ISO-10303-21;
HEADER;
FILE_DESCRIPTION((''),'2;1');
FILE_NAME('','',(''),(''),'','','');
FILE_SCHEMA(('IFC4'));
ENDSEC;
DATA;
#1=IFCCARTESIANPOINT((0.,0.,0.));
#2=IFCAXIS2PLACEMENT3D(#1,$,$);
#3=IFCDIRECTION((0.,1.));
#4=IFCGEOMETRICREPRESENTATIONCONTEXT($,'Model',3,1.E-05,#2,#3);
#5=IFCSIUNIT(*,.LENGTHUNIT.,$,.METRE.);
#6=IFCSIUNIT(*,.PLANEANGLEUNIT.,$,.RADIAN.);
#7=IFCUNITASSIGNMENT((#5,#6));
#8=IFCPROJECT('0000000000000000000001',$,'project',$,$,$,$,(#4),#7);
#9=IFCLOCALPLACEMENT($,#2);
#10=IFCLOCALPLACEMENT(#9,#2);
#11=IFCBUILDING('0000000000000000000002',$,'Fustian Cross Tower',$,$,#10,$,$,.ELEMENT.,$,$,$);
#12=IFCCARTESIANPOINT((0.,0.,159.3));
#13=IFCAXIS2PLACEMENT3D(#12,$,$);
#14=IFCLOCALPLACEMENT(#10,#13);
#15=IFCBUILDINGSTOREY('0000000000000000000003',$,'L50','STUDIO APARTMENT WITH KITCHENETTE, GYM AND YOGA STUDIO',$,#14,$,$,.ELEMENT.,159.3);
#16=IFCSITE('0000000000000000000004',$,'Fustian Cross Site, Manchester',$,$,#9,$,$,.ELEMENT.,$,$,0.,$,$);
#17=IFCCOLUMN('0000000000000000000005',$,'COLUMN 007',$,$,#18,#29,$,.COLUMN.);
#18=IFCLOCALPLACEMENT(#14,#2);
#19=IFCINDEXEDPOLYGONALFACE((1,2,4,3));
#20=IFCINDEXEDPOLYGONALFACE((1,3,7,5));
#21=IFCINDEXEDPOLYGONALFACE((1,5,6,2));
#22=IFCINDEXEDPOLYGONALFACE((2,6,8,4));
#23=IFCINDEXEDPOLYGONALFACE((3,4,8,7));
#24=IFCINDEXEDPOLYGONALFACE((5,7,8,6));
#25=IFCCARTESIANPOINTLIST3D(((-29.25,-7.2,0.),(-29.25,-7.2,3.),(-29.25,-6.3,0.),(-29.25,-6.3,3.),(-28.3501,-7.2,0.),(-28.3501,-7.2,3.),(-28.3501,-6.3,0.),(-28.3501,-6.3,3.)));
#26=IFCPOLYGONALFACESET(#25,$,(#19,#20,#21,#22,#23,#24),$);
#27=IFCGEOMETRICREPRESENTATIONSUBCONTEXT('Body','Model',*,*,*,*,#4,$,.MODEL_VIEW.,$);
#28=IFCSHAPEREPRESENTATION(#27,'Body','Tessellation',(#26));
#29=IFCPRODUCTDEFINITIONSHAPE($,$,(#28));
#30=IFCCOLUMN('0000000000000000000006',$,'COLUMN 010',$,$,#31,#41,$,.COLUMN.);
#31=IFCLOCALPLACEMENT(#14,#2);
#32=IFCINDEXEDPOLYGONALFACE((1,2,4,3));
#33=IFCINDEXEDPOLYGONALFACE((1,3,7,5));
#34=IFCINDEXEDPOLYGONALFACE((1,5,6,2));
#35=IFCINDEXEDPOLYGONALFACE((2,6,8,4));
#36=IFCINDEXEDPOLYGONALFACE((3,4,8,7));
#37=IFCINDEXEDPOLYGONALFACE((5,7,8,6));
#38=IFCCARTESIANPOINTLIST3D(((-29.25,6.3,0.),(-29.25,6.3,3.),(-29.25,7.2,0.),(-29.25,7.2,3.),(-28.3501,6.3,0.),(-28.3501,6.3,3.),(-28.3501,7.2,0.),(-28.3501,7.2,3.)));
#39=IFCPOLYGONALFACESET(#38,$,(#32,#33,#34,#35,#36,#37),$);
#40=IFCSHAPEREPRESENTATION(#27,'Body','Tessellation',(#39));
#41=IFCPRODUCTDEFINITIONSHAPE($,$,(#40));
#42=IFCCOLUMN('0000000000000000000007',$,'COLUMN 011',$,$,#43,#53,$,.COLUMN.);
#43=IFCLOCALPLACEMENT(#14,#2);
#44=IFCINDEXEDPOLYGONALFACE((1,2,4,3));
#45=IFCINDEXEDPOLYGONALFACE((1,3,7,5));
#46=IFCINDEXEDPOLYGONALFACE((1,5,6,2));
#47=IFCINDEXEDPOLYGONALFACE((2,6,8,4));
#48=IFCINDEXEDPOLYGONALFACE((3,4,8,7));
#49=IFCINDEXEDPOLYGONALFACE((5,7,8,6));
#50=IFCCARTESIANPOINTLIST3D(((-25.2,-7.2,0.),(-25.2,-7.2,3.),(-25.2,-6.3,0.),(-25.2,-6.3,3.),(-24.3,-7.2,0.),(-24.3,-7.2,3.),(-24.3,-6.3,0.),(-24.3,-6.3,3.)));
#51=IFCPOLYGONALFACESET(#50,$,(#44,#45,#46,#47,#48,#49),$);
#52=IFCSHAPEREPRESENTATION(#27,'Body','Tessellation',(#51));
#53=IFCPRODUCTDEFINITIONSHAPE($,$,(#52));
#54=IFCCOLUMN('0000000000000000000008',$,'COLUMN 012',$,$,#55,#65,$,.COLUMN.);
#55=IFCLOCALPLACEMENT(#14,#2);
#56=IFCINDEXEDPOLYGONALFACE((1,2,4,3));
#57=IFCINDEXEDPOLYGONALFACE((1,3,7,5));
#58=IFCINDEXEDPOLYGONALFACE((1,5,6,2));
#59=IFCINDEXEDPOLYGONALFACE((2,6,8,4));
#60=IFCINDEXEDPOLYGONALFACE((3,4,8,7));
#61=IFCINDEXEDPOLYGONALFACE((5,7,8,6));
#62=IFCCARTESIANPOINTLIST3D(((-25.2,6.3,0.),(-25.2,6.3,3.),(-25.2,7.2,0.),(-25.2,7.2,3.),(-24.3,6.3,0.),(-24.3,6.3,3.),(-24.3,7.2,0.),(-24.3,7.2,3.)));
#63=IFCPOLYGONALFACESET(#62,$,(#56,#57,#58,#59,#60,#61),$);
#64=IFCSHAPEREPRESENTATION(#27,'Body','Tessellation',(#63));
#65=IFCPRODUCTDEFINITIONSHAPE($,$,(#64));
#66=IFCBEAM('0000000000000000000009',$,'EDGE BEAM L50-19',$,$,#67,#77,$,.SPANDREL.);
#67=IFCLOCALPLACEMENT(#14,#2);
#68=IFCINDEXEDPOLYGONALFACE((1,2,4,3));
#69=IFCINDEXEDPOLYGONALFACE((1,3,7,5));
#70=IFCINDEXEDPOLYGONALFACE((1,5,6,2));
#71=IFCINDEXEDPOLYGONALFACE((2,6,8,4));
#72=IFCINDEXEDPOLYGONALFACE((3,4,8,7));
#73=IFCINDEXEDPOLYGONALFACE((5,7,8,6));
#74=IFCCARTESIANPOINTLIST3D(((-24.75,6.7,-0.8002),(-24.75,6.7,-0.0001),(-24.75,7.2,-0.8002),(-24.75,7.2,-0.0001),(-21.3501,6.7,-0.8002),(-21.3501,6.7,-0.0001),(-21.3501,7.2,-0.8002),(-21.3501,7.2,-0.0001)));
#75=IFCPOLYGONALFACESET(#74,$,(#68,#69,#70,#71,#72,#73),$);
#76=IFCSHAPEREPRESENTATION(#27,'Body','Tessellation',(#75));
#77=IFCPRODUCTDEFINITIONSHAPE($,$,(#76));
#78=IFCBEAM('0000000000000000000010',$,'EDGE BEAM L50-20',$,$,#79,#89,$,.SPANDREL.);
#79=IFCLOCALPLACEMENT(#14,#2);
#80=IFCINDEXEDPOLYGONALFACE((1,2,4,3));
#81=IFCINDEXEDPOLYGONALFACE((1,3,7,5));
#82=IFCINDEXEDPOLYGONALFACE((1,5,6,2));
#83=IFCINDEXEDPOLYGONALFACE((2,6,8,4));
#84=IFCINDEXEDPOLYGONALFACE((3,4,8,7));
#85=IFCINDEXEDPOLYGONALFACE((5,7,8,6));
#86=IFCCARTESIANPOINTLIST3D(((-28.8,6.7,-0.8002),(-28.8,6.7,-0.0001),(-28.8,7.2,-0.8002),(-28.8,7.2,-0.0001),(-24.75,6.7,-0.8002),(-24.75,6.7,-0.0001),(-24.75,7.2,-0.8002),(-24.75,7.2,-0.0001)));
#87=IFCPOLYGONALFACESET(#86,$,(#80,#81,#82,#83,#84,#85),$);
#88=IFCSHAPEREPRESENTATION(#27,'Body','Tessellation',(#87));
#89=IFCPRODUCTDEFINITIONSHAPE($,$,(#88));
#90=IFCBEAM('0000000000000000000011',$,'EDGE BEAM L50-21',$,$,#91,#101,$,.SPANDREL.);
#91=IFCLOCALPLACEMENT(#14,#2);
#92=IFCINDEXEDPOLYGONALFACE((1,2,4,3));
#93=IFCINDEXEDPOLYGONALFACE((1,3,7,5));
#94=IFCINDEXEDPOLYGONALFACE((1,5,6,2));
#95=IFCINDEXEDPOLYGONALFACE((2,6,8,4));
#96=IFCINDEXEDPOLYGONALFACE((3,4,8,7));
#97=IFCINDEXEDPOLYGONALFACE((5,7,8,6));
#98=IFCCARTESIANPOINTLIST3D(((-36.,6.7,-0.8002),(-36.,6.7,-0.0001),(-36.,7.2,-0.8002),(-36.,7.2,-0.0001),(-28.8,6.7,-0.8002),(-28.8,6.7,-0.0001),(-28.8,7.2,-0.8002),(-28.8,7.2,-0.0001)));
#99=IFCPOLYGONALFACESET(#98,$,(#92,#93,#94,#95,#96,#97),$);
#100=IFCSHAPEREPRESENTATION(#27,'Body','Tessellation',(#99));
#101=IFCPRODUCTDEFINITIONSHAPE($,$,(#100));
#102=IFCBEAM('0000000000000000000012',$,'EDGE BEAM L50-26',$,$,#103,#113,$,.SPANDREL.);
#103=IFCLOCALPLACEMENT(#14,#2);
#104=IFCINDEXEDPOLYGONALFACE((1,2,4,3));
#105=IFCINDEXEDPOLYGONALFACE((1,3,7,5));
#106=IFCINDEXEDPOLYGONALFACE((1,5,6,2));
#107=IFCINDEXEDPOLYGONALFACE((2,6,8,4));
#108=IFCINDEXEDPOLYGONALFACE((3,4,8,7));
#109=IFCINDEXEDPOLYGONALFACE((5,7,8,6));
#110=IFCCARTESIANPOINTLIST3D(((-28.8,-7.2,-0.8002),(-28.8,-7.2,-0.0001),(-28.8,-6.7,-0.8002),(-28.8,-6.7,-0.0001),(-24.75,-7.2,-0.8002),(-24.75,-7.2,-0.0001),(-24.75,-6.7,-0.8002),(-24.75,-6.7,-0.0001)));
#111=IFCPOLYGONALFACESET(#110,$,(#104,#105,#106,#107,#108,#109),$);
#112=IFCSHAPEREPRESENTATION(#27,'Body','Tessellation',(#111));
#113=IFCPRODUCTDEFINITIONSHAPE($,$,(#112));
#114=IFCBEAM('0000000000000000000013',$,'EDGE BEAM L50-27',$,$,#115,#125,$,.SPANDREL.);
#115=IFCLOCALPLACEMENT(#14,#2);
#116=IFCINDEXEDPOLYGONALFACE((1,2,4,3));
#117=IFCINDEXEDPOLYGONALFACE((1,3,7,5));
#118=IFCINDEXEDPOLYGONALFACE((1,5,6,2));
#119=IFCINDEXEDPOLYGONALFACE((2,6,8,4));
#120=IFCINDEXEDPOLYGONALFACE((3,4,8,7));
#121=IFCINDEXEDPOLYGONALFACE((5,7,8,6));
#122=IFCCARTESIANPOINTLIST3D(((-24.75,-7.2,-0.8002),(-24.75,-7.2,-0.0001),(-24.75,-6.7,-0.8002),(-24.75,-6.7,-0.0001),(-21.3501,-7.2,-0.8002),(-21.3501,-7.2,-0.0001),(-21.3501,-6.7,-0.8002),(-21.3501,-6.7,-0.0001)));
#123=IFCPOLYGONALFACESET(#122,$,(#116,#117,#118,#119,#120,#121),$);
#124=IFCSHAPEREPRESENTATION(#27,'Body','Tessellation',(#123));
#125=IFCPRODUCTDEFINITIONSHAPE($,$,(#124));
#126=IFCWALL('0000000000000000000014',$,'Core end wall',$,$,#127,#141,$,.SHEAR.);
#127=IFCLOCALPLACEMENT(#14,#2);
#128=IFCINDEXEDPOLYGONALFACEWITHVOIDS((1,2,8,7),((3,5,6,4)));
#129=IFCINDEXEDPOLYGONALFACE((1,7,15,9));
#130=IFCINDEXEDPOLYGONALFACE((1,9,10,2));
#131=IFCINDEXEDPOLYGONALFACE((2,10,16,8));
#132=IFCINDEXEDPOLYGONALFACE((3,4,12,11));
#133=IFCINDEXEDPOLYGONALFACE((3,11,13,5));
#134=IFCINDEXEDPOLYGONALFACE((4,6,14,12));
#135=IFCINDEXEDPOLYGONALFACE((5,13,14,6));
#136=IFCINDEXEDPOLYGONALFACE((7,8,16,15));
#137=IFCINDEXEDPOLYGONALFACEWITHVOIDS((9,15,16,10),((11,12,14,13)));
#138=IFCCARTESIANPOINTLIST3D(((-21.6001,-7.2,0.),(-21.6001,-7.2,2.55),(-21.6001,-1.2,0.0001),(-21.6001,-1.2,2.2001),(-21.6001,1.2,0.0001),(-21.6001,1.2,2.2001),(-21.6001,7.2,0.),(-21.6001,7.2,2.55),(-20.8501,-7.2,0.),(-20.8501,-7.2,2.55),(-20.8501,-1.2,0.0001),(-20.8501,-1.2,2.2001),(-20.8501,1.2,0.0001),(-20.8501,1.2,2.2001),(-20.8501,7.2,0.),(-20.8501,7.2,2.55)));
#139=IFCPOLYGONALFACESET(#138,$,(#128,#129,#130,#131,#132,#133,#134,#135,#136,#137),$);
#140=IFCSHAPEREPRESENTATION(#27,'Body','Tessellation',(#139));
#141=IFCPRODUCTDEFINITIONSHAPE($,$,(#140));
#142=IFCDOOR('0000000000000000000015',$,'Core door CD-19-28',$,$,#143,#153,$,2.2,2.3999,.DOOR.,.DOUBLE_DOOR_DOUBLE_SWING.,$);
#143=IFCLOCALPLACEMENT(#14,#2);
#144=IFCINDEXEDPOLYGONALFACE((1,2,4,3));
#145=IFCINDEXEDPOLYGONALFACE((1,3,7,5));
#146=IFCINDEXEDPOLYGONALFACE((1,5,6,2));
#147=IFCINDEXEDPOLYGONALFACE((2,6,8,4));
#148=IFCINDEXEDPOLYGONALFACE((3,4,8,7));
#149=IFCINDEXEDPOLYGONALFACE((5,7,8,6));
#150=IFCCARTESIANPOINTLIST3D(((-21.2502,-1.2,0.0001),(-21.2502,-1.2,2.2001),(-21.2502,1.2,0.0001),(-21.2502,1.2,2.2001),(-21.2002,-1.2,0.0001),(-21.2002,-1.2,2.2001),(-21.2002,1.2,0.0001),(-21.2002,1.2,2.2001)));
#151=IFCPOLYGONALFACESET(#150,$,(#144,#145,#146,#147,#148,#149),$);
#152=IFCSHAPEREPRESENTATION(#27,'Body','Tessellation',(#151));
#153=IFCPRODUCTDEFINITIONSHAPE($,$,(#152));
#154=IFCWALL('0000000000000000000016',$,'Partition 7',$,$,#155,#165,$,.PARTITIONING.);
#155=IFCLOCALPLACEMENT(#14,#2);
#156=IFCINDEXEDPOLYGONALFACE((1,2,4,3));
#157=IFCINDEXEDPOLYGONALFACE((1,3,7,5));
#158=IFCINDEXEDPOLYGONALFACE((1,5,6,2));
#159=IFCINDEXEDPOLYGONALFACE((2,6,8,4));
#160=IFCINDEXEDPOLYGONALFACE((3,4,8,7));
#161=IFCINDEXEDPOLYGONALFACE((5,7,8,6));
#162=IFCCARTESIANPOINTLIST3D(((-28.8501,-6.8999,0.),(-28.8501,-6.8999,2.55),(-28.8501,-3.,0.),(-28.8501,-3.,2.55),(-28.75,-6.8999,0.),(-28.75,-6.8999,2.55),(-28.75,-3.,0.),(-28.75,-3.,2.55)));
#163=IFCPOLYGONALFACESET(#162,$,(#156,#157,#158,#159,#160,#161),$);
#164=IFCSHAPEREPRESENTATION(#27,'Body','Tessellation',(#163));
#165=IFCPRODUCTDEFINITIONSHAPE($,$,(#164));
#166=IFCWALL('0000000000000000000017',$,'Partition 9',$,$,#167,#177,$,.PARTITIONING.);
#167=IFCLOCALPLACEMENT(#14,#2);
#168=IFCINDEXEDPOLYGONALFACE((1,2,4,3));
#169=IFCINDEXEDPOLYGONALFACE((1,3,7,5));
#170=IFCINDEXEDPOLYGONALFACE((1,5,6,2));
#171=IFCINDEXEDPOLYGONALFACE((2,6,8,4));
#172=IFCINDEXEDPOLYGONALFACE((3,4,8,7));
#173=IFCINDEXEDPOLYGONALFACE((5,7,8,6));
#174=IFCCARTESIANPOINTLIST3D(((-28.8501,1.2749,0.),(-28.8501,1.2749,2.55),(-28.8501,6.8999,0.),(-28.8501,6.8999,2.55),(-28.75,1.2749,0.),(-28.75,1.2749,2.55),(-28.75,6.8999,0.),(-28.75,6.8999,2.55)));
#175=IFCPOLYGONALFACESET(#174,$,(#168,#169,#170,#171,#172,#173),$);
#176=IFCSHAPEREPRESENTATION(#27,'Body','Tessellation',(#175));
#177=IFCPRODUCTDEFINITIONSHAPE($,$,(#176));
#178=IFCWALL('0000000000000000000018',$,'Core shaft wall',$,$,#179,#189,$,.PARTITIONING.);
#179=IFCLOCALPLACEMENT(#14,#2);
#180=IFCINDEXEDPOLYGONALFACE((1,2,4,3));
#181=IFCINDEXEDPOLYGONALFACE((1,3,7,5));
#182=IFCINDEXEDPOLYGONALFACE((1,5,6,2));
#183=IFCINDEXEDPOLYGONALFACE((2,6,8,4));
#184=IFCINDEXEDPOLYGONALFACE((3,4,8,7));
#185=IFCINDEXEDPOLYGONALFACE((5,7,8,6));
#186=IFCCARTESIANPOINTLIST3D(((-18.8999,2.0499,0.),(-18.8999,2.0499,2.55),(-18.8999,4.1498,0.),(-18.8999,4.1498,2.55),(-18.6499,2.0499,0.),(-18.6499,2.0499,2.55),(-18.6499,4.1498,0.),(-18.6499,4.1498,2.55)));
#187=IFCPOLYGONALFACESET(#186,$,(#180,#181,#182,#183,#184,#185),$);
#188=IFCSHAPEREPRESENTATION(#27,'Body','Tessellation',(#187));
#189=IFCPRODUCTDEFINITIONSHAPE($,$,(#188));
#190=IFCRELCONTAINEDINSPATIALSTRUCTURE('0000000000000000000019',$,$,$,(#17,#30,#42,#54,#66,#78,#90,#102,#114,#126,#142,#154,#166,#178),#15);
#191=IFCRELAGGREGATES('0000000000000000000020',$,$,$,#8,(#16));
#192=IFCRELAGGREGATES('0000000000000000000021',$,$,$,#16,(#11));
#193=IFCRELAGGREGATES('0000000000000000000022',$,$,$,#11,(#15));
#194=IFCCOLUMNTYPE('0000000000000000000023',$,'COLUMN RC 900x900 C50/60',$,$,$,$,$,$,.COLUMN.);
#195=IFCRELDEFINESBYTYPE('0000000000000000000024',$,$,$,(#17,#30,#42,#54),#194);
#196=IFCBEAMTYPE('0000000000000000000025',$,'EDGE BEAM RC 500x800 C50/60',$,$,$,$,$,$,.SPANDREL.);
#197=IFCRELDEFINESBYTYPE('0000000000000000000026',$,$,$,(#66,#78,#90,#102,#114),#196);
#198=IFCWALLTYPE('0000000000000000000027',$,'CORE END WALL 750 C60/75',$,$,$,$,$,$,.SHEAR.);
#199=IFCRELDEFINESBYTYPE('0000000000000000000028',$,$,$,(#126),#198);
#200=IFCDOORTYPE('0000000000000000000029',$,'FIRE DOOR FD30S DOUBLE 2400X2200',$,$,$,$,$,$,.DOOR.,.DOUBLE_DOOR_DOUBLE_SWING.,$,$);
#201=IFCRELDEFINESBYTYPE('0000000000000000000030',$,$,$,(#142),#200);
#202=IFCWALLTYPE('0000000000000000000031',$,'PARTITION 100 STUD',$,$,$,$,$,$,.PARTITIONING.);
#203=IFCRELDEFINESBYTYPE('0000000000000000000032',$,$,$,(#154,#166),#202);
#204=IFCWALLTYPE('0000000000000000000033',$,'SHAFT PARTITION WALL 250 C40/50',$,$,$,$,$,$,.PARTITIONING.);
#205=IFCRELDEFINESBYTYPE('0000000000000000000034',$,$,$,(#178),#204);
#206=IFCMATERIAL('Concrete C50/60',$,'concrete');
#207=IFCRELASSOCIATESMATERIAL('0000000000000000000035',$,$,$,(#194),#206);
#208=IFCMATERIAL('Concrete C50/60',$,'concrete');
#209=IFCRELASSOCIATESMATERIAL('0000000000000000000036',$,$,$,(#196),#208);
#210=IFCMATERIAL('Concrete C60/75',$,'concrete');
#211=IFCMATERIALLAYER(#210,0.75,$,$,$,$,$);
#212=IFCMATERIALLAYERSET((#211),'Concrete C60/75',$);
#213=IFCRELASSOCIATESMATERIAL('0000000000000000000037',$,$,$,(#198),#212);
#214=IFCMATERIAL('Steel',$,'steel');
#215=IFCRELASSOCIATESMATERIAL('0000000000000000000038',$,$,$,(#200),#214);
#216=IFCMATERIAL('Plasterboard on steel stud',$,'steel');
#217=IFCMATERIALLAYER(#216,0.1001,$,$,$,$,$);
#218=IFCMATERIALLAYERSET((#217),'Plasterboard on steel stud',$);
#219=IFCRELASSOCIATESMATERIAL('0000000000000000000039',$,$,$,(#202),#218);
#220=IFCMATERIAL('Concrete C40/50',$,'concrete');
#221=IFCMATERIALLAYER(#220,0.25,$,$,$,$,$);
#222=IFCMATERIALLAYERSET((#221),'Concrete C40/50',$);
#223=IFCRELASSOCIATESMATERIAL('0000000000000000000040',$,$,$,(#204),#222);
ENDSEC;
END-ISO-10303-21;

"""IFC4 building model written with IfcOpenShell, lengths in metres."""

from ifc_helpers import new_model, si_unit, direction, frame, frame_2d, origin, origin_2d, place, context, subcontext, project, spatial, rectangle, extrude, material, layer, layer_set, material_profile, profile_set, type_object, element, fill, save


model = new_model("IFC4")

# Units and contexts
model_context = context("Model", 3, precision=1e-05, world=origin(), true_north=direction((0.0, 1.0)))
body_context = subcontext(model_context, "Body", "Model", "MODEL_VIEW")
ifc_project = project(units=[si_unit("LENGTHUNIT", "METRE"), si_unit("PLANEANGLEUNIT", "RADIAN")], contexts=[model_context])

# Site, building, storey
site_placement = place(None, origin())
site = spatial("IfcSite", under=ifc_project, at=site_placement, Name="Fustian Cross Site, Manchester", CompositionType="ELEMENT", RefElevation=0.0)
building_placement = place(site_placement, origin())
building = spatial("IfcBuilding", under=site, at=building_placement, Name="Fustian Cross Tower", CompositionType="ELEMENT")
storey_placement = place(building_placement, frame((0.0, 0.0, 159.3)))
storey = spatial("IfcBuildingStorey", under=building, at=storey_placement, Name="L50", Description="STUDIO APARTMENT WITH KITCHENETTE, GYM AND YOGA STUDIO", CompositionType="ELEMENT", Elevation=159.3)

# Columns
ifc_material_1 = material(Name="Concrete C50/60", Category="concrete")
ifc_material_profile_1 = material_profile(ifc_material_1, rectangle(XDim=0.8999, YDim=0.8999, at=origin_2d()), Name="RC 900x900")
ifc_profile_set_1 = profile_set([ifc_material_profile_1], Name="Concrete C50/60")
column_type = type_object("IfcColumnType", Name="COLUMN RC 900x900 C50/60", PredefinedType="COLUMN", material=ifc_profile_set_1)
for number, where, z_axis, x_axis, name in (
    (1, (-28.8, -6.75, 0.0), (0.0, 0.0, 1.0), (1.0, 0.0, 0.0), "COLUMN 007"),
    (2, (-28.8, 6.75, 0.0), (0.0, 0.0, 1.0), (1.0, 0.0, 0.0), "COLUMN 010"),
    (3, (-24.75, -6.75, 0.0), (0.0, 0.0, 1.0), (1.0, 0.0, 0.0), "COLUMN 011"),
    (4, (-24.75, 6.75, 0.0), (0.0, 0.0, 1.0), (1.0, 0.0, 0.0), "COLUMN 012"),
):
    element("IfcColumn", number, at=place(storey_placement, frame(where, z_axis=z_axis, x_axis=x_axis)), inside=storey, type_object=column_type, Name=name, PredefinedType="COLUMN", context=body_context, shape_type="SweptSolid", body=[
        extrude(rectangle(XDim=0.8999, YDim=0.8999, at=origin_2d()), origin(), (0.0, 0.0, 1.0), 3.0),
    ])

# Beams
ifc_material_2 = material(Name="Concrete C50/60", Category="concrete")
ifc_material_profile_2 = material_profile(ifc_material_2, rectangle(XDim=0.5, YDim=0.8, at=origin_2d()), Name="RC 500x800")
ifc_profile_set_2 = profile_set([ifc_material_profile_2], Name="Concrete C50/60")
beam_type = type_object("IfcBeamType", Name="EDGE BEAM RC 500x800 C50/60", PredefinedType="SPANDREL", material=ifc_profile_set_2)
beam_1_placement = place(storey_placement, frame((-21.3501, 6.95, -0.4001), z_axis=(-1.0, 0.0, 0.0), x_axis=(0.0, -1.0, 0.0)))
element("IfcBeam", 5, at=beam_1_placement, inside=storey, type_object=beam_type, Name="EDGE BEAM L50-19", PredefinedType="SPANDREL", context=body_context, shape_type="SweptSolid", body=[
    extrude(rectangle(XDim=0.5, YDim=0.8, at=origin_2d()), origin(), (0.0, 0.0, 1.0), 3.3999),
])
beam_2_placement = place(storey_placement, frame((-24.75, 6.95, -0.4001), z_axis=(-1.0, 0.0, 0.0), x_axis=(0.0, -1.0, 0.0)))
element("IfcBeam", 6, at=beam_2_placement, inside=storey, type_object=beam_type, Name="EDGE BEAM L50-20", PredefinedType="SPANDREL", context=body_context, shape_type="SweptSolid", body=[
    extrude(rectangle(XDim=0.5, YDim=0.8, at=origin_2d()), origin(), (0.0, 0.0, 1.0), 4.05),
])
beam_3_placement = place(storey_placement, frame((-28.8, 6.95, -0.4001), z_axis=(-1.0, 0.0, 0.0), x_axis=(0.0, -1.0, 0.0)))
element("IfcBeam", 7, at=beam_3_placement, inside=storey, type_object=beam_type, Name="EDGE BEAM L50-21", PredefinedType="SPANDREL", context=body_context, shape_type="SweptSolid", body=[
    extrude(rectangle(XDim=0.5, YDim=0.8, at=origin_2d()), origin(), (0.0, 0.0, 1.0), 7.2),
])
beam_4_placement = place(storey_placement, frame((-28.8, -6.95, -0.4001), z_axis=(1.0, 0.0, 0.0), x_axis=(0.0, 1.0, 0.0)))
element("IfcBeam", 8, at=beam_4_placement, inside=storey, type_object=beam_type, Name="EDGE BEAM L50-26", PredefinedType="SPANDREL", context=body_context, shape_type="SweptSolid", body=[
    extrude(rectangle(XDim=0.5, YDim=0.8, at=origin_2d()), origin(), (0.0, 0.0, 1.0), 4.05),
])
beam_5_placement = place(storey_placement, frame((-24.75, -6.95, -0.4001), z_axis=(1.0, 0.0, 0.0), x_axis=(0.0, 1.0, 0.0)))
element("IfcBeam", 9, at=beam_5_placement, inside=storey, type_object=beam_type, Name="EDGE BEAM L50-27", PredefinedType="SPANDREL", context=body_context, shape_type="SweptSolid", body=[
    extrude(rectangle(XDim=0.5, YDim=0.8, at=origin_2d()), origin(), (0.0, 0.0, 1.0), 3.3999),
])

# Wall, opening, door
ifc_material_3 = material(Name="Concrete C60/75", Category="concrete")
ifc_layer_1 = layer(ifc_material_3, 0.75)
ifc_layer_set_1 = layer_set([ifc_layer_1], Name="Concrete C60/75")
wall_type_1 = type_object("IfcWallType", Name="CORE END WALL 750 C60/75", PredefinedType="SHEAR", material=ifc_layer_set_1)
wall_1_placement = place(storey_placement, frame((-21.2251, -7.2, 0.0), z_axis=(0.0, 0.0, 1.0), x_axis=(0.0, 1.0, 0.0)))
wall_1 = element("IfcWall", 10, at=wall_1_placement, inside=storey, type_object=wall_type_1, Name="Core end wall", PredefinedType="SHEAR", context=body_context, shape_type="SweptSolid", body=[
    extrude(rectangle(XDim=14.3999, YDim=0.75, at=frame_2d((7.2, 0.0))), origin(), (0.0, 0.0, 1.0), 2.55),
])
opening_1_placement = place(wall_1_placement, frame((6.0, 0.0, 0.0)))
opening_1 = element("IfcOpeningElement", 11, at=opening_1_placement, cuts=wall_1, PredefinedType="OPENING", context=body_context, shape_type="SweptSolid", body=[
    extrude(rectangle(XDim=2.3999, YDim=2.2, at=frame_2d((1.2, 1.1001))), frame((0.0, 0.385, 0.0), z_axis=(0.0, -1.0, 0.0), x_axis=(1.0, 0.0, 0.0)), (0.0, 0.0, 1.0), 0.77),
])
ifc_material_4 = material(Name="Steel", Category="steel")
door_type = type_object("IfcDoorType", Name="FIRE DOOR FD30S DOUBLE 2400X2200", OperationType="DOUBLE_DOOR_DOUBLE_SWING", PredefinedType="DOOR", material=ifc_material_4)
door_placement = place(opening_1_placement, frame((2.3999, 0.0, 0.0), z_axis=(0.0, 0.0, 1.0), x_axis=(-1.0, 0.0, 0.0)))
door = element("IfcDoor", 12, at=door_placement, inside=storey, type_object=door_type, Name="Core door CD-19-28", OperationType="DOUBLE_DOOR_DOUBLE_SWING", OverallHeight=2.2, OverallWidth=2.3999, PredefinedType="DOOR", context=body_context, shape_type="SweptSolid", body=[
    extrude(rectangle(XDim=2.3999, YDim=2.2, at=frame_2d((1.2, 1.1001))), frame((0.0, 0.0249, 0.0), z_axis=(0.0, -1.0, 0.0), x_axis=(1.0, 0.0, 0.0)), (0.0, 0.0, 1.0), 0.05),
])
fill(opening_1, door)

# Walls
ifc_material_5 = material(Name="Plasterboard on steel stud", Category="steel")
ifc_layer_2 = layer(ifc_material_5, 0.1001)
ifc_layer_set_2 = layer_set([ifc_layer_2], Name="Plasterboard on steel stud")
wall_type_2 = type_object("IfcWallType", Name="PARTITION 100 STUD", PredefinedType="PARTITIONING", material=ifc_layer_set_2)
wall_2_placement = place(storey_placement, frame((-28.8, -6.8999, 0.0), z_axis=(0.0, 0.0, 1.0), x_axis=(0.0, 1.0, 0.0)))
element("IfcWall", 13, at=wall_2_placement, inside=storey, type_object=wall_type_2, Name="Partition 7", PredefinedType="PARTITIONING", context=body_context, shape_type="SweptSolid", body=[
    extrude(rectangle(XDim=3.8999, YDim=0.1001, at=frame_2d((1.95, 0.0))), origin(), (0.0, 0.0, 1.0), 2.55),
])
wall_3_placement = place(storey_placement, frame((-28.8, 1.2749, 0.0), z_axis=(0.0, 0.0, 1.0), x_axis=(0.0, 1.0, 0.0)))
element("IfcWall", 14, at=wall_3_placement, inside=storey, type_object=wall_type_2, Name="Partition 9", PredefinedType="PARTITIONING", context=body_context, shape_type="SweptSolid", body=[
    extrude(rectangle(XDim=5.625, YDim=0.1001, at=frame_2d((2.8125, 0.0))), origin(), (0.0, 0.0, 1.0), 2.55),
])
ifc_material_6 = material(Name="Concrete C40/50", Category="concrete")
ifc_layer_3 = layer(ifc_material_6, 0.25)
ifc_layer_set_3 = layer_set([ifc_layer_3], Name="Concrete C40/50")
wall_type_3 = type_object("IfcWallType", Name="SHAFT PARTITION WALL 250 C40/50", PredefinedType="PARTITIONING", material=ifc_layer_set_3)
wall_4_placement = place(storey_placement, frame((-18.7749, 2.05, 0.0), z_axis=(0.0, 0.0, 1.0), x_axis=(0.0, 1.0, 0.0)))
element("IfcWall", 15, at=wall_4_placement, inside=storey, type_object=wall_type_3, Name="Core shaft wall", PredefinedType="PARTITIONING", context=body_context, shape_type="SweptSolid", body=[
    extrude(rectangle(XDim=2.0999, YDim=0.25, at=frame_2d((1.0498, 0.0))), origin(), (0.0, 0.0, 1.0), 2.55),
])

save(model, "model.ifc")
